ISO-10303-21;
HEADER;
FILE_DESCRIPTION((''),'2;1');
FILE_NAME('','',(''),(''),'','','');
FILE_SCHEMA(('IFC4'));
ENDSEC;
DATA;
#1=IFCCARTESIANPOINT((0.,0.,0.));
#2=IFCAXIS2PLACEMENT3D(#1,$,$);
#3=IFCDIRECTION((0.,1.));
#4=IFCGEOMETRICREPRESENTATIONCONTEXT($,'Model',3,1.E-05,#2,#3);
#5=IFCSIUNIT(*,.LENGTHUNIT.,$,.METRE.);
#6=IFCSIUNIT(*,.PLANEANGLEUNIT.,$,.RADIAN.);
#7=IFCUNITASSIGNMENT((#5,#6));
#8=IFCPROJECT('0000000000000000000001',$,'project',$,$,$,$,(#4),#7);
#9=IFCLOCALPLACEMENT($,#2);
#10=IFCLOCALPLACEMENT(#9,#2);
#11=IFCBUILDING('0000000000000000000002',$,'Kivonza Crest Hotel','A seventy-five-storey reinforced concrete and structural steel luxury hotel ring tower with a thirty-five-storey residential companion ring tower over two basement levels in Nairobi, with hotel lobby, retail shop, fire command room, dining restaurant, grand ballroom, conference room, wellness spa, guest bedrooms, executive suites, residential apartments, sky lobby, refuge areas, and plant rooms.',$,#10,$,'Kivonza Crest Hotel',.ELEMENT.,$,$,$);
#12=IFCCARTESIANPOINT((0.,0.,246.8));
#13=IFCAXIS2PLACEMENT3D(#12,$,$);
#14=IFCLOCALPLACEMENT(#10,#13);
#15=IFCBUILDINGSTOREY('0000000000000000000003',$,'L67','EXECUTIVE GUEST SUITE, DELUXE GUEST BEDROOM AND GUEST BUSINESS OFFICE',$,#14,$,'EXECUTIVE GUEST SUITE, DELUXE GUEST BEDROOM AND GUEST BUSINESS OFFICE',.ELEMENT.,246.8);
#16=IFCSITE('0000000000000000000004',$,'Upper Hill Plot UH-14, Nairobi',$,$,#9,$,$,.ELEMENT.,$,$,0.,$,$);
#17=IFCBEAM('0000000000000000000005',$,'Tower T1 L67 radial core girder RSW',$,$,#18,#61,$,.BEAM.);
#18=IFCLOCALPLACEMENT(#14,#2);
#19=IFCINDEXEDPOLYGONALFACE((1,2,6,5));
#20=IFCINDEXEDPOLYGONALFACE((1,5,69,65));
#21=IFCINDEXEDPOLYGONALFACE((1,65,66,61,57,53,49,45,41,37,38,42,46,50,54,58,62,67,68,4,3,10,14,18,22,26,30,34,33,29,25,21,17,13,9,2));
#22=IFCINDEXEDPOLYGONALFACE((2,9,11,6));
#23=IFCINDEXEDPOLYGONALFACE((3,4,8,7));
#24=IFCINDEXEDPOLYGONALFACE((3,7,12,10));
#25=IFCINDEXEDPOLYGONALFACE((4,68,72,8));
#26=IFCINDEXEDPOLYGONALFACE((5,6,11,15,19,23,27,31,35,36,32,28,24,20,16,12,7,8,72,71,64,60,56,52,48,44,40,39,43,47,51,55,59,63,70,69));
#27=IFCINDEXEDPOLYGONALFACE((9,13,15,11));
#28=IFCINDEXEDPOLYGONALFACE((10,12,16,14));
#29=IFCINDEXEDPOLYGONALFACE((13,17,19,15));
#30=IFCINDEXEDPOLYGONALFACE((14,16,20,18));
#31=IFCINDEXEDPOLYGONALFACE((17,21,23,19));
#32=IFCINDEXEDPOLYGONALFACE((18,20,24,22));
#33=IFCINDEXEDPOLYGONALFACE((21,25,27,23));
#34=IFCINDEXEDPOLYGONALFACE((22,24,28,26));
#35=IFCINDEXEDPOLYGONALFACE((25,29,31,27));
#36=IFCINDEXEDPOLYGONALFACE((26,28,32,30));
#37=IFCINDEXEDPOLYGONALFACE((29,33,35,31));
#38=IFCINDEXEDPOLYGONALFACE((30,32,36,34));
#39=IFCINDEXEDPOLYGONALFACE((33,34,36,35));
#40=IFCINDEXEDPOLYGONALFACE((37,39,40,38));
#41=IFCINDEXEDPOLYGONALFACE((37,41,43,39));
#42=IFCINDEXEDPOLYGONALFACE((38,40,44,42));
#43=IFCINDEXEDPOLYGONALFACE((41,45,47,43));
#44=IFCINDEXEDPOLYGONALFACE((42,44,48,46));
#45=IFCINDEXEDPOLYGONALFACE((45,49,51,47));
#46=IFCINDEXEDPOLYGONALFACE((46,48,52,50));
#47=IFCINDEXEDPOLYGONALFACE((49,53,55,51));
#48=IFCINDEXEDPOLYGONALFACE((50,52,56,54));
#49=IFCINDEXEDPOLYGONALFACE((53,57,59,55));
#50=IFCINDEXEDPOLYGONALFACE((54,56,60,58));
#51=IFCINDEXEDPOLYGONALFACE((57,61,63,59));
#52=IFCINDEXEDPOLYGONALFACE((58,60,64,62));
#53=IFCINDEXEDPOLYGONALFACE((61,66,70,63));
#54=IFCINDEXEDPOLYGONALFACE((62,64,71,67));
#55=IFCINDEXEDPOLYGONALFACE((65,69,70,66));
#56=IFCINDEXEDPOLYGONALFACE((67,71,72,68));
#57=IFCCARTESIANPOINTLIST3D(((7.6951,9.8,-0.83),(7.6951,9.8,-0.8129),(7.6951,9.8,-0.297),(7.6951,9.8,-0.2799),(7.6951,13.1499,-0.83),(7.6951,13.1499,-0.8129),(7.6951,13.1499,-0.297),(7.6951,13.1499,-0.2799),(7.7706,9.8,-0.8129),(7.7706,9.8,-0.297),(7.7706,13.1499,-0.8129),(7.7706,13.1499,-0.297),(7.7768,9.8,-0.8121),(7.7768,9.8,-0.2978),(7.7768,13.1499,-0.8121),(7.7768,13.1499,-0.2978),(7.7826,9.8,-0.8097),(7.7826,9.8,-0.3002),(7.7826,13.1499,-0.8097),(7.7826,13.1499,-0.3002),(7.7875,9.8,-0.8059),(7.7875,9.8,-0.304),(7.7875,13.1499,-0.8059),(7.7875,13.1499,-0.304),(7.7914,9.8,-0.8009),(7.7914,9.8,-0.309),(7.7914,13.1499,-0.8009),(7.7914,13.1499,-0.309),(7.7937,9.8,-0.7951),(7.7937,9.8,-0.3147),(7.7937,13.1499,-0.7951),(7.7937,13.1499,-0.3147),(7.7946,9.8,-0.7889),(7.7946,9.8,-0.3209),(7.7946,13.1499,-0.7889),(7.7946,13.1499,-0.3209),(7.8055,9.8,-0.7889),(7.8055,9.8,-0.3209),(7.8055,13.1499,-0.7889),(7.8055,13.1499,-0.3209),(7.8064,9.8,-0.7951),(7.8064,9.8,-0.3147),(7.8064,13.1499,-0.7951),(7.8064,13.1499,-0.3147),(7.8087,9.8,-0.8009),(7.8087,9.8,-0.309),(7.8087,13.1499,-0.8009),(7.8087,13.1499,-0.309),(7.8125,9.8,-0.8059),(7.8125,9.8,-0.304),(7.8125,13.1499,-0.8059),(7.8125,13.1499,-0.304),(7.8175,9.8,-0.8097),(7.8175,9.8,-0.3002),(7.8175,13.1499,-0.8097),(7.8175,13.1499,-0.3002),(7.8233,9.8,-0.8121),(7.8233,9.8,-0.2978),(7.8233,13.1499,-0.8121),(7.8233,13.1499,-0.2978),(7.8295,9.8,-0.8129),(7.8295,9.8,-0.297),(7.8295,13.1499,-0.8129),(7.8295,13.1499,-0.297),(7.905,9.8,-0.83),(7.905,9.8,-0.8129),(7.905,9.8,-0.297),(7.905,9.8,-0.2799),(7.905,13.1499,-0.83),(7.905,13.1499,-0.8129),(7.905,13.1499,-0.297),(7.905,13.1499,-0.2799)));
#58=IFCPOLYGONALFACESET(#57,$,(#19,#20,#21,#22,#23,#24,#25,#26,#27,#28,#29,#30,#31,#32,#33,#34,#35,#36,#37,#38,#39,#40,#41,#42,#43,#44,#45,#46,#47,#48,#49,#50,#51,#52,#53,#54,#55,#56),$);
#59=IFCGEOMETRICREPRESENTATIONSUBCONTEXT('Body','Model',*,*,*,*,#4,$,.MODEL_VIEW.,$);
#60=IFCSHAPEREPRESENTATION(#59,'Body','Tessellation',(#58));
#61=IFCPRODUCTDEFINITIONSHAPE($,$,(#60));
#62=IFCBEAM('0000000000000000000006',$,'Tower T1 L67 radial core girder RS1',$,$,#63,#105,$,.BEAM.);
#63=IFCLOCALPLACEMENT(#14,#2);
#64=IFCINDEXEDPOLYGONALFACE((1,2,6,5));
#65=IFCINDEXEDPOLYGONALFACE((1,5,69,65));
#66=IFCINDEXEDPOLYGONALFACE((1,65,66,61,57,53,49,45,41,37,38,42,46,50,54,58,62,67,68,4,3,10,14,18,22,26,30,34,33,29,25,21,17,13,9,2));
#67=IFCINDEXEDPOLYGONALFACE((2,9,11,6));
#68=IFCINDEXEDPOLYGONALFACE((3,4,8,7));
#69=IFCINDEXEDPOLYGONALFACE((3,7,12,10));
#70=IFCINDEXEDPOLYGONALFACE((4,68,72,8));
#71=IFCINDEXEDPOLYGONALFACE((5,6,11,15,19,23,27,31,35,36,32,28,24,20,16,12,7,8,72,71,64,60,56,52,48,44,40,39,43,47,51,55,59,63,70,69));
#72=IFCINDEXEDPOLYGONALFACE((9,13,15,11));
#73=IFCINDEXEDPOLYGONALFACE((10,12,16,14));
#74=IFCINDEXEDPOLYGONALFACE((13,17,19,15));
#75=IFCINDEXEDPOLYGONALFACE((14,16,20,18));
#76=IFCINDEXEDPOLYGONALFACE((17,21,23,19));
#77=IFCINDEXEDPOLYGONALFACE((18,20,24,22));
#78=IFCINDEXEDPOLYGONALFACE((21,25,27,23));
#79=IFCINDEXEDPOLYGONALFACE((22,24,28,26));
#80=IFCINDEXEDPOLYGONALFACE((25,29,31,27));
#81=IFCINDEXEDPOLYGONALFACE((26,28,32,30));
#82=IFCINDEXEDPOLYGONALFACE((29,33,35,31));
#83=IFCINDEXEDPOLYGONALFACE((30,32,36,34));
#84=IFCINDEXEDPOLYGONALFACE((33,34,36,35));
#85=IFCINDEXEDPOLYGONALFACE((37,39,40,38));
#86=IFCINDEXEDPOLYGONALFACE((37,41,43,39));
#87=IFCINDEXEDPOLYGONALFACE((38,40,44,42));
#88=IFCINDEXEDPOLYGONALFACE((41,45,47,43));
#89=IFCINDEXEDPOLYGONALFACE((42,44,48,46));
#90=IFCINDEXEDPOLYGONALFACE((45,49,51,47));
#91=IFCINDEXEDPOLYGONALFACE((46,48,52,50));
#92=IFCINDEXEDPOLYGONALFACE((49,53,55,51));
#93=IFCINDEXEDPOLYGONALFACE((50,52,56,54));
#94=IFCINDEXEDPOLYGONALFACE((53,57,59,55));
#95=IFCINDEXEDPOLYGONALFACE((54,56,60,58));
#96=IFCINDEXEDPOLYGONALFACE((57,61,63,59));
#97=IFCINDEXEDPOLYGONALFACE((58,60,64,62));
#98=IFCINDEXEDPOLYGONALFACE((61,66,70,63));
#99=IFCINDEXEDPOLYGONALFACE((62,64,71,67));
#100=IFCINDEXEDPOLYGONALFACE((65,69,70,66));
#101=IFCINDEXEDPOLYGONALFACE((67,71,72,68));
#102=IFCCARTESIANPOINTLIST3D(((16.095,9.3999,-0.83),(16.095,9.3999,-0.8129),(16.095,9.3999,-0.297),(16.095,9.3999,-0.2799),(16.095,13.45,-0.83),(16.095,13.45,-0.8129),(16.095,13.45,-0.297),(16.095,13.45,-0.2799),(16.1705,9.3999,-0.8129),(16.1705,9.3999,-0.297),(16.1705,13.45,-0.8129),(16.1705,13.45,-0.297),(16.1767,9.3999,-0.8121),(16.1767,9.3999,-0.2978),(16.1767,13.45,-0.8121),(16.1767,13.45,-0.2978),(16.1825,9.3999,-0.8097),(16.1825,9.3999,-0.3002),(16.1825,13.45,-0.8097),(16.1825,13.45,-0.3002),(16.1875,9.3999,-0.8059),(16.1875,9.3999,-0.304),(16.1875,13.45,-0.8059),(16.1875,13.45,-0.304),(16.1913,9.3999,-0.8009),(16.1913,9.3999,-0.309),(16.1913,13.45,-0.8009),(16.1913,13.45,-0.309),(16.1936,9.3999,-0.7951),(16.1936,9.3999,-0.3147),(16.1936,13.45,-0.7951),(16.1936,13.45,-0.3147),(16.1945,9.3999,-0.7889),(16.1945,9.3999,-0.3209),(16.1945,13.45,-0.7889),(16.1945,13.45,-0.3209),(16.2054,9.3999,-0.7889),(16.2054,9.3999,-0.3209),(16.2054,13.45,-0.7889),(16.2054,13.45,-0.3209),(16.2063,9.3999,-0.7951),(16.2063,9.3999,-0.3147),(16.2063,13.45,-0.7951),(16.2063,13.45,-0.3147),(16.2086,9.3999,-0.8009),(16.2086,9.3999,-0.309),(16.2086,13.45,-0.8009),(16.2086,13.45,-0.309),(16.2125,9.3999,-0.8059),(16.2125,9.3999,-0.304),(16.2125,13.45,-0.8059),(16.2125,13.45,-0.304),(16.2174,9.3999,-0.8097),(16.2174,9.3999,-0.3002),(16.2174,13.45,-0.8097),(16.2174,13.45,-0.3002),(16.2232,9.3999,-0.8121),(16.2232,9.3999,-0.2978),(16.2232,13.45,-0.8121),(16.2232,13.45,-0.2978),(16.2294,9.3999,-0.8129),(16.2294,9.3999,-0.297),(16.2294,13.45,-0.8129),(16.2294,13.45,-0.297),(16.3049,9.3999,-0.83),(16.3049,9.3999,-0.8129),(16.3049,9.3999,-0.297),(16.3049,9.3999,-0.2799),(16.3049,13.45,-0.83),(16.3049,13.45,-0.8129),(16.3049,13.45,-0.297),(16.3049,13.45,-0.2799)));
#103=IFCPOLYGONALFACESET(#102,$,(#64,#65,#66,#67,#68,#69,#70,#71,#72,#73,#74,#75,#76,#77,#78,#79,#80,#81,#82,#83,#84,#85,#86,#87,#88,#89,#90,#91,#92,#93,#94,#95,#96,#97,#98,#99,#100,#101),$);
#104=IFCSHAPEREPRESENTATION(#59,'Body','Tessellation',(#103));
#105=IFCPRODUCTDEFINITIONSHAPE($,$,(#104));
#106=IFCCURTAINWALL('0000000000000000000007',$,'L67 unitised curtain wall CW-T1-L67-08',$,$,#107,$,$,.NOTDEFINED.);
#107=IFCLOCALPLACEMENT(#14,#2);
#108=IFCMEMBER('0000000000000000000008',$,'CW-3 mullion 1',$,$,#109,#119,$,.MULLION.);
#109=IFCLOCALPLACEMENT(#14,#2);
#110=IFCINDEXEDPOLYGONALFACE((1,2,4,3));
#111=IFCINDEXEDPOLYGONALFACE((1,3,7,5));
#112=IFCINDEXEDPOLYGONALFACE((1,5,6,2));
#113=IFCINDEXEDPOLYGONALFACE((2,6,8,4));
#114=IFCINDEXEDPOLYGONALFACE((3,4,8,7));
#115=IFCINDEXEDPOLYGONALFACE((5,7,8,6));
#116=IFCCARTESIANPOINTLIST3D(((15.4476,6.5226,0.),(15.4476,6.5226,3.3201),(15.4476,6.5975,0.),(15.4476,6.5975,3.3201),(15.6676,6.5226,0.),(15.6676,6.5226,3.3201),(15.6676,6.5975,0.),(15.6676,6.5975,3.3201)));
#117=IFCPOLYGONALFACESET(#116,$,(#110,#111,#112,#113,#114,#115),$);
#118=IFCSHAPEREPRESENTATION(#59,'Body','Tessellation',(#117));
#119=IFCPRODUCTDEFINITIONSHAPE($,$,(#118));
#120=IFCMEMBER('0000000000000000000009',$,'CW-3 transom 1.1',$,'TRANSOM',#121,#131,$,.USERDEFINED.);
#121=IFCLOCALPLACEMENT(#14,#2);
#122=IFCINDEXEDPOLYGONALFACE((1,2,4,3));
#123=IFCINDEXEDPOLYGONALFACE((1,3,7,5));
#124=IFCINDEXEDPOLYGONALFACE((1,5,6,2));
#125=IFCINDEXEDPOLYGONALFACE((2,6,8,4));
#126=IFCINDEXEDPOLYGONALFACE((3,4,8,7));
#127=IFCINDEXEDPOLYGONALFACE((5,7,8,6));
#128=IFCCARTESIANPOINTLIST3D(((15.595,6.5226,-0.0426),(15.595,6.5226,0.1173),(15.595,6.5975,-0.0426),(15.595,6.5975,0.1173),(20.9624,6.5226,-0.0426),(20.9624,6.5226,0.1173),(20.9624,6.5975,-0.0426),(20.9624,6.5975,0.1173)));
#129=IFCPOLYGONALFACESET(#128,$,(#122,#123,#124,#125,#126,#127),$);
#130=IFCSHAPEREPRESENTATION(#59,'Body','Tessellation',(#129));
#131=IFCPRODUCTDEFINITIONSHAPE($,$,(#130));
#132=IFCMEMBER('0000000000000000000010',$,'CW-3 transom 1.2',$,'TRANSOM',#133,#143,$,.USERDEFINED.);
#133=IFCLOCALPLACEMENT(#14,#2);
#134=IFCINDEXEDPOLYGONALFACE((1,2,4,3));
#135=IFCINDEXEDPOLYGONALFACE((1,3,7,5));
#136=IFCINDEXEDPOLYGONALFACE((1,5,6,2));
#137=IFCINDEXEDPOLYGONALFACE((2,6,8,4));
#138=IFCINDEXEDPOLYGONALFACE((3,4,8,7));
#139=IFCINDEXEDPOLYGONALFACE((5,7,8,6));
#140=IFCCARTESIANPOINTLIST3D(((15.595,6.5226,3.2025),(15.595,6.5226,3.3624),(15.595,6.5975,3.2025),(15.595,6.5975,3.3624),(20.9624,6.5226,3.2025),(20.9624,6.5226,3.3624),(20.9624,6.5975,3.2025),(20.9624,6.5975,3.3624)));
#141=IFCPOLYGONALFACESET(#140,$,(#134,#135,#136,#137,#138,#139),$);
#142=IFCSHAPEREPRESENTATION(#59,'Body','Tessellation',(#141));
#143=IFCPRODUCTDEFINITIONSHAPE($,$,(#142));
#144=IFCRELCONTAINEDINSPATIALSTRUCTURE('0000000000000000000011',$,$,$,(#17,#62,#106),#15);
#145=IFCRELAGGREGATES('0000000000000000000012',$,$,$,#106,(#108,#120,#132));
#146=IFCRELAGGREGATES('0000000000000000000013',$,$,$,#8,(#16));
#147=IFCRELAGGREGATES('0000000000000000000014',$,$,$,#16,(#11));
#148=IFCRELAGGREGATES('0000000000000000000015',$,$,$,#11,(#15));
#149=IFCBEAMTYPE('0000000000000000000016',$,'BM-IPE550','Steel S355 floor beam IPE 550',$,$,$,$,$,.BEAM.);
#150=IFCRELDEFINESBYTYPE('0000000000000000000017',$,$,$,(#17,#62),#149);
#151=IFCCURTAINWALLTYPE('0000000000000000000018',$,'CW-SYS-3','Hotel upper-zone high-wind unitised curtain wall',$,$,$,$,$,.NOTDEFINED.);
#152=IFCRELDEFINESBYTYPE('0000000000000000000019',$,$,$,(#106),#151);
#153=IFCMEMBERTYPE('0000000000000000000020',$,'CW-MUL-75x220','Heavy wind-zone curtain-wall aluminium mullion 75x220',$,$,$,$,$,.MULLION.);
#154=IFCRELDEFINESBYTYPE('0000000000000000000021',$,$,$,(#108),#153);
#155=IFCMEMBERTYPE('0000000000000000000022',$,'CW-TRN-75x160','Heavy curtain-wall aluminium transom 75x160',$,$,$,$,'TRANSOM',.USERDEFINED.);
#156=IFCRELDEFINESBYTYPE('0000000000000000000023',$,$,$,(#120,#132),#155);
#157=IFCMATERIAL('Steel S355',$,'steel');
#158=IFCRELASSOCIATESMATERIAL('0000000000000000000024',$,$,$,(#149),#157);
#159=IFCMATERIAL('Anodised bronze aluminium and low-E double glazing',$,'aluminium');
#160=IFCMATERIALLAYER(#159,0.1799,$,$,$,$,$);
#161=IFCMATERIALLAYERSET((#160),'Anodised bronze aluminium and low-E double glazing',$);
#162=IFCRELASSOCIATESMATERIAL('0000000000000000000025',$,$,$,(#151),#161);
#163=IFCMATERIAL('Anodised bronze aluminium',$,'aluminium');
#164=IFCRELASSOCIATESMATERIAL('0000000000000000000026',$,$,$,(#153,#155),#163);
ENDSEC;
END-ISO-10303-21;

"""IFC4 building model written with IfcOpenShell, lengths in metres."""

from ifc_helpers import new_model, si_unit, direction, frame, origin, origin_2d, place, context, subcontext, project, spatial, rectangle, i_section, extrude, material, layer, layer_set, material_profile, profile_set, type_object, element, aggregate, save


model = new_model("IFC4")

# Units and contexts
model_context = context("Model", 3, precision=1e-05, world=origin(), true_north=direction((0.0, 1.0)))
body_context = subcontext(model_context, "Body", "Model", "MODEL_VIEW")
ifc_project = project(units=[si_unit("LENGTHUNIT", "METRE"), si_unit("PLANEANGLEUNIT", "RADIAN")], contexts=[model_context])

# Site, building, storey
site_placement = place(None, origin())
site = spatial("IfcSite", under=ifc_project, at=site_placement, Name="Upper Hill Plot UH-14, Nairobi", CompositionType="ELEMENT", RefElevation=0.0)
building_placement = place(site_placement, origin())
building = spatial("IfcBuilding", under=site, at=building_placement, Name="Kivonza Crest Hotel", Description="A seventy-five-storey reinforced concrete and structural steel luxury hotel ring tower with a thirty-five-storey residential companion ring tower over two basement levels in Nairobi, with hotel lobby, retail shop, fire command room, dining restaurant, grand ballroom, conference room, wellness spa, guest bedrooms, executive suites, residential apartments, sky lobby, refuge areas, and plant rooms.", LongName="Kivonza Crest Hotel", CompositionType="ELEMENT")
storey_placement = place(building_placement, frame((0.0, 0.0, 246.8)))
storey = spatial("IfcBuildingStorey", under=building, at=storey_placement, Name="L67", Description="EXECUTIVE GUEST SUITE, DELUXE GUEST BEDROOM AND GUEST BUSINESS OFFICE", LongName="EXECUTIVE GUEST SUITE, DELUXE GUEST BEDROOM AND GUEST BUSINESS OFFICE", CompositionType="ELEMENT", Elevation=246.8)

# Beams
ifc_material_1 = material(Name="Steel S355", Category="steel")
ifc_material_profile_1 = material_profile(ifc_material_1, i_section(OverallWidth=0.21, OverallDepth=0.55, WebThickness=0.011, FlangeThickness=0.0171, FilletRadius=0.0239, at=origin_2d()), Name="IPE 550")
ifc_profile_set_1 = profile_set([ifc_material_profile_1], Name="Steel S355")
beam_type_1 = type_object("IfcBeamType", Name="BM-IPE550", Description="Steel S355 floor beam IPE 550", PredefinedType="BEAM", material=ifc_profile_set_1)
beam_1_placement = place(storey_placement, frame((7.8, 9.8, -0.5549), z_axis=(0.0, 1.0, 0.0), x_axis=(-1.0, 0.0, 0.0)))
element("IfcBeam", 1, at=beam_1_placement, inside=storey, type_object=beam_type_1, Name="Tower T1 L67 radial core girder RSW", PredefinedType="BEAM", context=body_context, shape_type="SweptSolid", body=[
    extrude(i_section(OverallWidth=0.21, OverallDepth=0.55, WebThickness=0.011, FlangeThickness=0.0171, FilletRadius=0.0239, at=origin_2d()), origin(), (0.0, 0.0, 1.0), 3.3499),
])
beam_2_placement = place(storey_placement, frame((16.2, 9.3999, -0.5549), z_axis=(0.0, 1.0, 0.0), x_axis=(-1.0, 0.0, 0.0)))
element("IfcBeam", 2, at=beam_2_placement, inside=storey, type_object=beam_type_1, Name="Tower T1 L67 radial core girder RS1", PredefinedType="BEAM", context=body_context, shape_type="SweptSolid", body=[
    extrude(i_section(OverallWidth=0.21, OverallDepth=0.55, WebThickness=0.011, FlangeThickness=0.0171, FilletRadius=0.0239, at=origin_2d()), origin(), (0.0, 0.0, 1.0), 4.05),
])

# Curtain wall, members
ifc_material_2 = material(Name="Anodised bronze aluminium and low-E double glazing", Category="aluminium")
ifc_layer_1 = layer(ifc_material_2, 0.1799)
ifc_layer_set_1 = layer_set([ifc_layer_1], Name="Anodised bronze aluminium and low-E double glazing")
curtain_wall_type = type_object("IfcCurtainWallType", Name="CW-SYS-3", Description="Hotel upper-zone high-wind unitised curtain wall", PredefinedType="NOTDEFINED", material=ifc_layer_set_1)
curtain_wall_placement = place(storey_placement, origin())
curtain_wall = element("IfcCurtainWall", 3, at=curtain_wall_placement, inside=storey, type_object=curtain_wall_type, Name="L67 unitised curtain wall CW-T1-L67-08", PredefinedType="NOTDEFINED")
ifc_material_3 = material(Name="Anodised bronze aluminium", Category="aluminium")
ifc_material_profile_2 = material_profile(ifc_material_3, rectangle(XDim=0.075, YDim=0.22, at=origin_2d()), Name="CW-M 75x220")
ifc_profile_set_2 = profile_set([ifc_material_profile_2], Name="Anodised bronze aluminium")
member_type_1 = type_object("IfcMemberType", Name="CW-MUL-75x220", Description="Heavy wind-zone curtain-wall aluminium mullion 75x220", PredefinedType="MULLION", material=ifc_profile_set_2)
member_1_placement = place(storey_placement, frame((15.5576, 6.5601, 0.0), z_axis=(0.0, 0.0, 1.0), x_axis=(0.0, 1.0, 0.0)))
member_1 = element("IfcMember", 4, at=member_1_placement, type_object=member_type_1, Name="CW-3 mullion 1", PredefinedType="MULLION", context=body_context, shape_type="SweptSolid", body=[
    extrude(rectangle(XDim=0.075, YDim=0.22, at=origin_2d()), origin(), (0.0, 0.0, 1.0), 3.3201),
])
ifc_material_profile_3 = material_profile(ifc_material_3, rectangle(XDim=0.075, YDim=0.1599, at=origin_2d()), Name="CW-T 75x160")
ifc_profile_set_3 = profile_set([ifc_material_profile_3], Name="Anodised bronze aluminium")
member_type_2 = type_object("IfcMemberType", Name="CW-TRN-75x160", Description="Heavy curtain-wall aluminium transom 75x160", ElementType="TRANSOM", PredefinedType="USERDEFINED", material=ifc_profile_set_3)
member_2_placement = place(storey_placement, frame((15.595, 6.5601, 0.0374), z_axis=(1.0, 0.0, 0.0), x_axis=(0.0, 1.0, 0.0)))
member_2 = element("IfcMember", 5, at=member_2_placement, type_object=member_type_2, Name="CW-3 transom 1.1", ObjectType="TRANSOM", PredefinedType="USERDEFINED", context=body_context, shape_type="SweptSolid", body=[
    extrude(rectangle(XDim=0.075, YDim=0.1599, at=origin_2d()), origin(), (0.0, 0.0, 1.0), 5.3674),
])
member_3_placement = place(storey_placement, frame((15.595, 6.5601, 3.2825), z_axis=(1.0, 0.0, 0.0), x_axis=(0.0, 1.0, 0.0)))
member_3 = element("IfcMember", 6, at=member_3_placement, type_object=member_type_2, Name="CW-3 transom 1.2", ObjectType="TRANSOM", PredefinedType="USERDEFINED", context=body_context, shape_type="SweptSolid", body=[
    extrude(rectangle(XDim=0.075, YDim=0.1599, at=origin_2d()), origin(), (0.0, 0.0, 1.0), 5.3674),
])
aggregate(curtain_wall, [member_1, member_2, member_3])

save(model, "model.ifc")
